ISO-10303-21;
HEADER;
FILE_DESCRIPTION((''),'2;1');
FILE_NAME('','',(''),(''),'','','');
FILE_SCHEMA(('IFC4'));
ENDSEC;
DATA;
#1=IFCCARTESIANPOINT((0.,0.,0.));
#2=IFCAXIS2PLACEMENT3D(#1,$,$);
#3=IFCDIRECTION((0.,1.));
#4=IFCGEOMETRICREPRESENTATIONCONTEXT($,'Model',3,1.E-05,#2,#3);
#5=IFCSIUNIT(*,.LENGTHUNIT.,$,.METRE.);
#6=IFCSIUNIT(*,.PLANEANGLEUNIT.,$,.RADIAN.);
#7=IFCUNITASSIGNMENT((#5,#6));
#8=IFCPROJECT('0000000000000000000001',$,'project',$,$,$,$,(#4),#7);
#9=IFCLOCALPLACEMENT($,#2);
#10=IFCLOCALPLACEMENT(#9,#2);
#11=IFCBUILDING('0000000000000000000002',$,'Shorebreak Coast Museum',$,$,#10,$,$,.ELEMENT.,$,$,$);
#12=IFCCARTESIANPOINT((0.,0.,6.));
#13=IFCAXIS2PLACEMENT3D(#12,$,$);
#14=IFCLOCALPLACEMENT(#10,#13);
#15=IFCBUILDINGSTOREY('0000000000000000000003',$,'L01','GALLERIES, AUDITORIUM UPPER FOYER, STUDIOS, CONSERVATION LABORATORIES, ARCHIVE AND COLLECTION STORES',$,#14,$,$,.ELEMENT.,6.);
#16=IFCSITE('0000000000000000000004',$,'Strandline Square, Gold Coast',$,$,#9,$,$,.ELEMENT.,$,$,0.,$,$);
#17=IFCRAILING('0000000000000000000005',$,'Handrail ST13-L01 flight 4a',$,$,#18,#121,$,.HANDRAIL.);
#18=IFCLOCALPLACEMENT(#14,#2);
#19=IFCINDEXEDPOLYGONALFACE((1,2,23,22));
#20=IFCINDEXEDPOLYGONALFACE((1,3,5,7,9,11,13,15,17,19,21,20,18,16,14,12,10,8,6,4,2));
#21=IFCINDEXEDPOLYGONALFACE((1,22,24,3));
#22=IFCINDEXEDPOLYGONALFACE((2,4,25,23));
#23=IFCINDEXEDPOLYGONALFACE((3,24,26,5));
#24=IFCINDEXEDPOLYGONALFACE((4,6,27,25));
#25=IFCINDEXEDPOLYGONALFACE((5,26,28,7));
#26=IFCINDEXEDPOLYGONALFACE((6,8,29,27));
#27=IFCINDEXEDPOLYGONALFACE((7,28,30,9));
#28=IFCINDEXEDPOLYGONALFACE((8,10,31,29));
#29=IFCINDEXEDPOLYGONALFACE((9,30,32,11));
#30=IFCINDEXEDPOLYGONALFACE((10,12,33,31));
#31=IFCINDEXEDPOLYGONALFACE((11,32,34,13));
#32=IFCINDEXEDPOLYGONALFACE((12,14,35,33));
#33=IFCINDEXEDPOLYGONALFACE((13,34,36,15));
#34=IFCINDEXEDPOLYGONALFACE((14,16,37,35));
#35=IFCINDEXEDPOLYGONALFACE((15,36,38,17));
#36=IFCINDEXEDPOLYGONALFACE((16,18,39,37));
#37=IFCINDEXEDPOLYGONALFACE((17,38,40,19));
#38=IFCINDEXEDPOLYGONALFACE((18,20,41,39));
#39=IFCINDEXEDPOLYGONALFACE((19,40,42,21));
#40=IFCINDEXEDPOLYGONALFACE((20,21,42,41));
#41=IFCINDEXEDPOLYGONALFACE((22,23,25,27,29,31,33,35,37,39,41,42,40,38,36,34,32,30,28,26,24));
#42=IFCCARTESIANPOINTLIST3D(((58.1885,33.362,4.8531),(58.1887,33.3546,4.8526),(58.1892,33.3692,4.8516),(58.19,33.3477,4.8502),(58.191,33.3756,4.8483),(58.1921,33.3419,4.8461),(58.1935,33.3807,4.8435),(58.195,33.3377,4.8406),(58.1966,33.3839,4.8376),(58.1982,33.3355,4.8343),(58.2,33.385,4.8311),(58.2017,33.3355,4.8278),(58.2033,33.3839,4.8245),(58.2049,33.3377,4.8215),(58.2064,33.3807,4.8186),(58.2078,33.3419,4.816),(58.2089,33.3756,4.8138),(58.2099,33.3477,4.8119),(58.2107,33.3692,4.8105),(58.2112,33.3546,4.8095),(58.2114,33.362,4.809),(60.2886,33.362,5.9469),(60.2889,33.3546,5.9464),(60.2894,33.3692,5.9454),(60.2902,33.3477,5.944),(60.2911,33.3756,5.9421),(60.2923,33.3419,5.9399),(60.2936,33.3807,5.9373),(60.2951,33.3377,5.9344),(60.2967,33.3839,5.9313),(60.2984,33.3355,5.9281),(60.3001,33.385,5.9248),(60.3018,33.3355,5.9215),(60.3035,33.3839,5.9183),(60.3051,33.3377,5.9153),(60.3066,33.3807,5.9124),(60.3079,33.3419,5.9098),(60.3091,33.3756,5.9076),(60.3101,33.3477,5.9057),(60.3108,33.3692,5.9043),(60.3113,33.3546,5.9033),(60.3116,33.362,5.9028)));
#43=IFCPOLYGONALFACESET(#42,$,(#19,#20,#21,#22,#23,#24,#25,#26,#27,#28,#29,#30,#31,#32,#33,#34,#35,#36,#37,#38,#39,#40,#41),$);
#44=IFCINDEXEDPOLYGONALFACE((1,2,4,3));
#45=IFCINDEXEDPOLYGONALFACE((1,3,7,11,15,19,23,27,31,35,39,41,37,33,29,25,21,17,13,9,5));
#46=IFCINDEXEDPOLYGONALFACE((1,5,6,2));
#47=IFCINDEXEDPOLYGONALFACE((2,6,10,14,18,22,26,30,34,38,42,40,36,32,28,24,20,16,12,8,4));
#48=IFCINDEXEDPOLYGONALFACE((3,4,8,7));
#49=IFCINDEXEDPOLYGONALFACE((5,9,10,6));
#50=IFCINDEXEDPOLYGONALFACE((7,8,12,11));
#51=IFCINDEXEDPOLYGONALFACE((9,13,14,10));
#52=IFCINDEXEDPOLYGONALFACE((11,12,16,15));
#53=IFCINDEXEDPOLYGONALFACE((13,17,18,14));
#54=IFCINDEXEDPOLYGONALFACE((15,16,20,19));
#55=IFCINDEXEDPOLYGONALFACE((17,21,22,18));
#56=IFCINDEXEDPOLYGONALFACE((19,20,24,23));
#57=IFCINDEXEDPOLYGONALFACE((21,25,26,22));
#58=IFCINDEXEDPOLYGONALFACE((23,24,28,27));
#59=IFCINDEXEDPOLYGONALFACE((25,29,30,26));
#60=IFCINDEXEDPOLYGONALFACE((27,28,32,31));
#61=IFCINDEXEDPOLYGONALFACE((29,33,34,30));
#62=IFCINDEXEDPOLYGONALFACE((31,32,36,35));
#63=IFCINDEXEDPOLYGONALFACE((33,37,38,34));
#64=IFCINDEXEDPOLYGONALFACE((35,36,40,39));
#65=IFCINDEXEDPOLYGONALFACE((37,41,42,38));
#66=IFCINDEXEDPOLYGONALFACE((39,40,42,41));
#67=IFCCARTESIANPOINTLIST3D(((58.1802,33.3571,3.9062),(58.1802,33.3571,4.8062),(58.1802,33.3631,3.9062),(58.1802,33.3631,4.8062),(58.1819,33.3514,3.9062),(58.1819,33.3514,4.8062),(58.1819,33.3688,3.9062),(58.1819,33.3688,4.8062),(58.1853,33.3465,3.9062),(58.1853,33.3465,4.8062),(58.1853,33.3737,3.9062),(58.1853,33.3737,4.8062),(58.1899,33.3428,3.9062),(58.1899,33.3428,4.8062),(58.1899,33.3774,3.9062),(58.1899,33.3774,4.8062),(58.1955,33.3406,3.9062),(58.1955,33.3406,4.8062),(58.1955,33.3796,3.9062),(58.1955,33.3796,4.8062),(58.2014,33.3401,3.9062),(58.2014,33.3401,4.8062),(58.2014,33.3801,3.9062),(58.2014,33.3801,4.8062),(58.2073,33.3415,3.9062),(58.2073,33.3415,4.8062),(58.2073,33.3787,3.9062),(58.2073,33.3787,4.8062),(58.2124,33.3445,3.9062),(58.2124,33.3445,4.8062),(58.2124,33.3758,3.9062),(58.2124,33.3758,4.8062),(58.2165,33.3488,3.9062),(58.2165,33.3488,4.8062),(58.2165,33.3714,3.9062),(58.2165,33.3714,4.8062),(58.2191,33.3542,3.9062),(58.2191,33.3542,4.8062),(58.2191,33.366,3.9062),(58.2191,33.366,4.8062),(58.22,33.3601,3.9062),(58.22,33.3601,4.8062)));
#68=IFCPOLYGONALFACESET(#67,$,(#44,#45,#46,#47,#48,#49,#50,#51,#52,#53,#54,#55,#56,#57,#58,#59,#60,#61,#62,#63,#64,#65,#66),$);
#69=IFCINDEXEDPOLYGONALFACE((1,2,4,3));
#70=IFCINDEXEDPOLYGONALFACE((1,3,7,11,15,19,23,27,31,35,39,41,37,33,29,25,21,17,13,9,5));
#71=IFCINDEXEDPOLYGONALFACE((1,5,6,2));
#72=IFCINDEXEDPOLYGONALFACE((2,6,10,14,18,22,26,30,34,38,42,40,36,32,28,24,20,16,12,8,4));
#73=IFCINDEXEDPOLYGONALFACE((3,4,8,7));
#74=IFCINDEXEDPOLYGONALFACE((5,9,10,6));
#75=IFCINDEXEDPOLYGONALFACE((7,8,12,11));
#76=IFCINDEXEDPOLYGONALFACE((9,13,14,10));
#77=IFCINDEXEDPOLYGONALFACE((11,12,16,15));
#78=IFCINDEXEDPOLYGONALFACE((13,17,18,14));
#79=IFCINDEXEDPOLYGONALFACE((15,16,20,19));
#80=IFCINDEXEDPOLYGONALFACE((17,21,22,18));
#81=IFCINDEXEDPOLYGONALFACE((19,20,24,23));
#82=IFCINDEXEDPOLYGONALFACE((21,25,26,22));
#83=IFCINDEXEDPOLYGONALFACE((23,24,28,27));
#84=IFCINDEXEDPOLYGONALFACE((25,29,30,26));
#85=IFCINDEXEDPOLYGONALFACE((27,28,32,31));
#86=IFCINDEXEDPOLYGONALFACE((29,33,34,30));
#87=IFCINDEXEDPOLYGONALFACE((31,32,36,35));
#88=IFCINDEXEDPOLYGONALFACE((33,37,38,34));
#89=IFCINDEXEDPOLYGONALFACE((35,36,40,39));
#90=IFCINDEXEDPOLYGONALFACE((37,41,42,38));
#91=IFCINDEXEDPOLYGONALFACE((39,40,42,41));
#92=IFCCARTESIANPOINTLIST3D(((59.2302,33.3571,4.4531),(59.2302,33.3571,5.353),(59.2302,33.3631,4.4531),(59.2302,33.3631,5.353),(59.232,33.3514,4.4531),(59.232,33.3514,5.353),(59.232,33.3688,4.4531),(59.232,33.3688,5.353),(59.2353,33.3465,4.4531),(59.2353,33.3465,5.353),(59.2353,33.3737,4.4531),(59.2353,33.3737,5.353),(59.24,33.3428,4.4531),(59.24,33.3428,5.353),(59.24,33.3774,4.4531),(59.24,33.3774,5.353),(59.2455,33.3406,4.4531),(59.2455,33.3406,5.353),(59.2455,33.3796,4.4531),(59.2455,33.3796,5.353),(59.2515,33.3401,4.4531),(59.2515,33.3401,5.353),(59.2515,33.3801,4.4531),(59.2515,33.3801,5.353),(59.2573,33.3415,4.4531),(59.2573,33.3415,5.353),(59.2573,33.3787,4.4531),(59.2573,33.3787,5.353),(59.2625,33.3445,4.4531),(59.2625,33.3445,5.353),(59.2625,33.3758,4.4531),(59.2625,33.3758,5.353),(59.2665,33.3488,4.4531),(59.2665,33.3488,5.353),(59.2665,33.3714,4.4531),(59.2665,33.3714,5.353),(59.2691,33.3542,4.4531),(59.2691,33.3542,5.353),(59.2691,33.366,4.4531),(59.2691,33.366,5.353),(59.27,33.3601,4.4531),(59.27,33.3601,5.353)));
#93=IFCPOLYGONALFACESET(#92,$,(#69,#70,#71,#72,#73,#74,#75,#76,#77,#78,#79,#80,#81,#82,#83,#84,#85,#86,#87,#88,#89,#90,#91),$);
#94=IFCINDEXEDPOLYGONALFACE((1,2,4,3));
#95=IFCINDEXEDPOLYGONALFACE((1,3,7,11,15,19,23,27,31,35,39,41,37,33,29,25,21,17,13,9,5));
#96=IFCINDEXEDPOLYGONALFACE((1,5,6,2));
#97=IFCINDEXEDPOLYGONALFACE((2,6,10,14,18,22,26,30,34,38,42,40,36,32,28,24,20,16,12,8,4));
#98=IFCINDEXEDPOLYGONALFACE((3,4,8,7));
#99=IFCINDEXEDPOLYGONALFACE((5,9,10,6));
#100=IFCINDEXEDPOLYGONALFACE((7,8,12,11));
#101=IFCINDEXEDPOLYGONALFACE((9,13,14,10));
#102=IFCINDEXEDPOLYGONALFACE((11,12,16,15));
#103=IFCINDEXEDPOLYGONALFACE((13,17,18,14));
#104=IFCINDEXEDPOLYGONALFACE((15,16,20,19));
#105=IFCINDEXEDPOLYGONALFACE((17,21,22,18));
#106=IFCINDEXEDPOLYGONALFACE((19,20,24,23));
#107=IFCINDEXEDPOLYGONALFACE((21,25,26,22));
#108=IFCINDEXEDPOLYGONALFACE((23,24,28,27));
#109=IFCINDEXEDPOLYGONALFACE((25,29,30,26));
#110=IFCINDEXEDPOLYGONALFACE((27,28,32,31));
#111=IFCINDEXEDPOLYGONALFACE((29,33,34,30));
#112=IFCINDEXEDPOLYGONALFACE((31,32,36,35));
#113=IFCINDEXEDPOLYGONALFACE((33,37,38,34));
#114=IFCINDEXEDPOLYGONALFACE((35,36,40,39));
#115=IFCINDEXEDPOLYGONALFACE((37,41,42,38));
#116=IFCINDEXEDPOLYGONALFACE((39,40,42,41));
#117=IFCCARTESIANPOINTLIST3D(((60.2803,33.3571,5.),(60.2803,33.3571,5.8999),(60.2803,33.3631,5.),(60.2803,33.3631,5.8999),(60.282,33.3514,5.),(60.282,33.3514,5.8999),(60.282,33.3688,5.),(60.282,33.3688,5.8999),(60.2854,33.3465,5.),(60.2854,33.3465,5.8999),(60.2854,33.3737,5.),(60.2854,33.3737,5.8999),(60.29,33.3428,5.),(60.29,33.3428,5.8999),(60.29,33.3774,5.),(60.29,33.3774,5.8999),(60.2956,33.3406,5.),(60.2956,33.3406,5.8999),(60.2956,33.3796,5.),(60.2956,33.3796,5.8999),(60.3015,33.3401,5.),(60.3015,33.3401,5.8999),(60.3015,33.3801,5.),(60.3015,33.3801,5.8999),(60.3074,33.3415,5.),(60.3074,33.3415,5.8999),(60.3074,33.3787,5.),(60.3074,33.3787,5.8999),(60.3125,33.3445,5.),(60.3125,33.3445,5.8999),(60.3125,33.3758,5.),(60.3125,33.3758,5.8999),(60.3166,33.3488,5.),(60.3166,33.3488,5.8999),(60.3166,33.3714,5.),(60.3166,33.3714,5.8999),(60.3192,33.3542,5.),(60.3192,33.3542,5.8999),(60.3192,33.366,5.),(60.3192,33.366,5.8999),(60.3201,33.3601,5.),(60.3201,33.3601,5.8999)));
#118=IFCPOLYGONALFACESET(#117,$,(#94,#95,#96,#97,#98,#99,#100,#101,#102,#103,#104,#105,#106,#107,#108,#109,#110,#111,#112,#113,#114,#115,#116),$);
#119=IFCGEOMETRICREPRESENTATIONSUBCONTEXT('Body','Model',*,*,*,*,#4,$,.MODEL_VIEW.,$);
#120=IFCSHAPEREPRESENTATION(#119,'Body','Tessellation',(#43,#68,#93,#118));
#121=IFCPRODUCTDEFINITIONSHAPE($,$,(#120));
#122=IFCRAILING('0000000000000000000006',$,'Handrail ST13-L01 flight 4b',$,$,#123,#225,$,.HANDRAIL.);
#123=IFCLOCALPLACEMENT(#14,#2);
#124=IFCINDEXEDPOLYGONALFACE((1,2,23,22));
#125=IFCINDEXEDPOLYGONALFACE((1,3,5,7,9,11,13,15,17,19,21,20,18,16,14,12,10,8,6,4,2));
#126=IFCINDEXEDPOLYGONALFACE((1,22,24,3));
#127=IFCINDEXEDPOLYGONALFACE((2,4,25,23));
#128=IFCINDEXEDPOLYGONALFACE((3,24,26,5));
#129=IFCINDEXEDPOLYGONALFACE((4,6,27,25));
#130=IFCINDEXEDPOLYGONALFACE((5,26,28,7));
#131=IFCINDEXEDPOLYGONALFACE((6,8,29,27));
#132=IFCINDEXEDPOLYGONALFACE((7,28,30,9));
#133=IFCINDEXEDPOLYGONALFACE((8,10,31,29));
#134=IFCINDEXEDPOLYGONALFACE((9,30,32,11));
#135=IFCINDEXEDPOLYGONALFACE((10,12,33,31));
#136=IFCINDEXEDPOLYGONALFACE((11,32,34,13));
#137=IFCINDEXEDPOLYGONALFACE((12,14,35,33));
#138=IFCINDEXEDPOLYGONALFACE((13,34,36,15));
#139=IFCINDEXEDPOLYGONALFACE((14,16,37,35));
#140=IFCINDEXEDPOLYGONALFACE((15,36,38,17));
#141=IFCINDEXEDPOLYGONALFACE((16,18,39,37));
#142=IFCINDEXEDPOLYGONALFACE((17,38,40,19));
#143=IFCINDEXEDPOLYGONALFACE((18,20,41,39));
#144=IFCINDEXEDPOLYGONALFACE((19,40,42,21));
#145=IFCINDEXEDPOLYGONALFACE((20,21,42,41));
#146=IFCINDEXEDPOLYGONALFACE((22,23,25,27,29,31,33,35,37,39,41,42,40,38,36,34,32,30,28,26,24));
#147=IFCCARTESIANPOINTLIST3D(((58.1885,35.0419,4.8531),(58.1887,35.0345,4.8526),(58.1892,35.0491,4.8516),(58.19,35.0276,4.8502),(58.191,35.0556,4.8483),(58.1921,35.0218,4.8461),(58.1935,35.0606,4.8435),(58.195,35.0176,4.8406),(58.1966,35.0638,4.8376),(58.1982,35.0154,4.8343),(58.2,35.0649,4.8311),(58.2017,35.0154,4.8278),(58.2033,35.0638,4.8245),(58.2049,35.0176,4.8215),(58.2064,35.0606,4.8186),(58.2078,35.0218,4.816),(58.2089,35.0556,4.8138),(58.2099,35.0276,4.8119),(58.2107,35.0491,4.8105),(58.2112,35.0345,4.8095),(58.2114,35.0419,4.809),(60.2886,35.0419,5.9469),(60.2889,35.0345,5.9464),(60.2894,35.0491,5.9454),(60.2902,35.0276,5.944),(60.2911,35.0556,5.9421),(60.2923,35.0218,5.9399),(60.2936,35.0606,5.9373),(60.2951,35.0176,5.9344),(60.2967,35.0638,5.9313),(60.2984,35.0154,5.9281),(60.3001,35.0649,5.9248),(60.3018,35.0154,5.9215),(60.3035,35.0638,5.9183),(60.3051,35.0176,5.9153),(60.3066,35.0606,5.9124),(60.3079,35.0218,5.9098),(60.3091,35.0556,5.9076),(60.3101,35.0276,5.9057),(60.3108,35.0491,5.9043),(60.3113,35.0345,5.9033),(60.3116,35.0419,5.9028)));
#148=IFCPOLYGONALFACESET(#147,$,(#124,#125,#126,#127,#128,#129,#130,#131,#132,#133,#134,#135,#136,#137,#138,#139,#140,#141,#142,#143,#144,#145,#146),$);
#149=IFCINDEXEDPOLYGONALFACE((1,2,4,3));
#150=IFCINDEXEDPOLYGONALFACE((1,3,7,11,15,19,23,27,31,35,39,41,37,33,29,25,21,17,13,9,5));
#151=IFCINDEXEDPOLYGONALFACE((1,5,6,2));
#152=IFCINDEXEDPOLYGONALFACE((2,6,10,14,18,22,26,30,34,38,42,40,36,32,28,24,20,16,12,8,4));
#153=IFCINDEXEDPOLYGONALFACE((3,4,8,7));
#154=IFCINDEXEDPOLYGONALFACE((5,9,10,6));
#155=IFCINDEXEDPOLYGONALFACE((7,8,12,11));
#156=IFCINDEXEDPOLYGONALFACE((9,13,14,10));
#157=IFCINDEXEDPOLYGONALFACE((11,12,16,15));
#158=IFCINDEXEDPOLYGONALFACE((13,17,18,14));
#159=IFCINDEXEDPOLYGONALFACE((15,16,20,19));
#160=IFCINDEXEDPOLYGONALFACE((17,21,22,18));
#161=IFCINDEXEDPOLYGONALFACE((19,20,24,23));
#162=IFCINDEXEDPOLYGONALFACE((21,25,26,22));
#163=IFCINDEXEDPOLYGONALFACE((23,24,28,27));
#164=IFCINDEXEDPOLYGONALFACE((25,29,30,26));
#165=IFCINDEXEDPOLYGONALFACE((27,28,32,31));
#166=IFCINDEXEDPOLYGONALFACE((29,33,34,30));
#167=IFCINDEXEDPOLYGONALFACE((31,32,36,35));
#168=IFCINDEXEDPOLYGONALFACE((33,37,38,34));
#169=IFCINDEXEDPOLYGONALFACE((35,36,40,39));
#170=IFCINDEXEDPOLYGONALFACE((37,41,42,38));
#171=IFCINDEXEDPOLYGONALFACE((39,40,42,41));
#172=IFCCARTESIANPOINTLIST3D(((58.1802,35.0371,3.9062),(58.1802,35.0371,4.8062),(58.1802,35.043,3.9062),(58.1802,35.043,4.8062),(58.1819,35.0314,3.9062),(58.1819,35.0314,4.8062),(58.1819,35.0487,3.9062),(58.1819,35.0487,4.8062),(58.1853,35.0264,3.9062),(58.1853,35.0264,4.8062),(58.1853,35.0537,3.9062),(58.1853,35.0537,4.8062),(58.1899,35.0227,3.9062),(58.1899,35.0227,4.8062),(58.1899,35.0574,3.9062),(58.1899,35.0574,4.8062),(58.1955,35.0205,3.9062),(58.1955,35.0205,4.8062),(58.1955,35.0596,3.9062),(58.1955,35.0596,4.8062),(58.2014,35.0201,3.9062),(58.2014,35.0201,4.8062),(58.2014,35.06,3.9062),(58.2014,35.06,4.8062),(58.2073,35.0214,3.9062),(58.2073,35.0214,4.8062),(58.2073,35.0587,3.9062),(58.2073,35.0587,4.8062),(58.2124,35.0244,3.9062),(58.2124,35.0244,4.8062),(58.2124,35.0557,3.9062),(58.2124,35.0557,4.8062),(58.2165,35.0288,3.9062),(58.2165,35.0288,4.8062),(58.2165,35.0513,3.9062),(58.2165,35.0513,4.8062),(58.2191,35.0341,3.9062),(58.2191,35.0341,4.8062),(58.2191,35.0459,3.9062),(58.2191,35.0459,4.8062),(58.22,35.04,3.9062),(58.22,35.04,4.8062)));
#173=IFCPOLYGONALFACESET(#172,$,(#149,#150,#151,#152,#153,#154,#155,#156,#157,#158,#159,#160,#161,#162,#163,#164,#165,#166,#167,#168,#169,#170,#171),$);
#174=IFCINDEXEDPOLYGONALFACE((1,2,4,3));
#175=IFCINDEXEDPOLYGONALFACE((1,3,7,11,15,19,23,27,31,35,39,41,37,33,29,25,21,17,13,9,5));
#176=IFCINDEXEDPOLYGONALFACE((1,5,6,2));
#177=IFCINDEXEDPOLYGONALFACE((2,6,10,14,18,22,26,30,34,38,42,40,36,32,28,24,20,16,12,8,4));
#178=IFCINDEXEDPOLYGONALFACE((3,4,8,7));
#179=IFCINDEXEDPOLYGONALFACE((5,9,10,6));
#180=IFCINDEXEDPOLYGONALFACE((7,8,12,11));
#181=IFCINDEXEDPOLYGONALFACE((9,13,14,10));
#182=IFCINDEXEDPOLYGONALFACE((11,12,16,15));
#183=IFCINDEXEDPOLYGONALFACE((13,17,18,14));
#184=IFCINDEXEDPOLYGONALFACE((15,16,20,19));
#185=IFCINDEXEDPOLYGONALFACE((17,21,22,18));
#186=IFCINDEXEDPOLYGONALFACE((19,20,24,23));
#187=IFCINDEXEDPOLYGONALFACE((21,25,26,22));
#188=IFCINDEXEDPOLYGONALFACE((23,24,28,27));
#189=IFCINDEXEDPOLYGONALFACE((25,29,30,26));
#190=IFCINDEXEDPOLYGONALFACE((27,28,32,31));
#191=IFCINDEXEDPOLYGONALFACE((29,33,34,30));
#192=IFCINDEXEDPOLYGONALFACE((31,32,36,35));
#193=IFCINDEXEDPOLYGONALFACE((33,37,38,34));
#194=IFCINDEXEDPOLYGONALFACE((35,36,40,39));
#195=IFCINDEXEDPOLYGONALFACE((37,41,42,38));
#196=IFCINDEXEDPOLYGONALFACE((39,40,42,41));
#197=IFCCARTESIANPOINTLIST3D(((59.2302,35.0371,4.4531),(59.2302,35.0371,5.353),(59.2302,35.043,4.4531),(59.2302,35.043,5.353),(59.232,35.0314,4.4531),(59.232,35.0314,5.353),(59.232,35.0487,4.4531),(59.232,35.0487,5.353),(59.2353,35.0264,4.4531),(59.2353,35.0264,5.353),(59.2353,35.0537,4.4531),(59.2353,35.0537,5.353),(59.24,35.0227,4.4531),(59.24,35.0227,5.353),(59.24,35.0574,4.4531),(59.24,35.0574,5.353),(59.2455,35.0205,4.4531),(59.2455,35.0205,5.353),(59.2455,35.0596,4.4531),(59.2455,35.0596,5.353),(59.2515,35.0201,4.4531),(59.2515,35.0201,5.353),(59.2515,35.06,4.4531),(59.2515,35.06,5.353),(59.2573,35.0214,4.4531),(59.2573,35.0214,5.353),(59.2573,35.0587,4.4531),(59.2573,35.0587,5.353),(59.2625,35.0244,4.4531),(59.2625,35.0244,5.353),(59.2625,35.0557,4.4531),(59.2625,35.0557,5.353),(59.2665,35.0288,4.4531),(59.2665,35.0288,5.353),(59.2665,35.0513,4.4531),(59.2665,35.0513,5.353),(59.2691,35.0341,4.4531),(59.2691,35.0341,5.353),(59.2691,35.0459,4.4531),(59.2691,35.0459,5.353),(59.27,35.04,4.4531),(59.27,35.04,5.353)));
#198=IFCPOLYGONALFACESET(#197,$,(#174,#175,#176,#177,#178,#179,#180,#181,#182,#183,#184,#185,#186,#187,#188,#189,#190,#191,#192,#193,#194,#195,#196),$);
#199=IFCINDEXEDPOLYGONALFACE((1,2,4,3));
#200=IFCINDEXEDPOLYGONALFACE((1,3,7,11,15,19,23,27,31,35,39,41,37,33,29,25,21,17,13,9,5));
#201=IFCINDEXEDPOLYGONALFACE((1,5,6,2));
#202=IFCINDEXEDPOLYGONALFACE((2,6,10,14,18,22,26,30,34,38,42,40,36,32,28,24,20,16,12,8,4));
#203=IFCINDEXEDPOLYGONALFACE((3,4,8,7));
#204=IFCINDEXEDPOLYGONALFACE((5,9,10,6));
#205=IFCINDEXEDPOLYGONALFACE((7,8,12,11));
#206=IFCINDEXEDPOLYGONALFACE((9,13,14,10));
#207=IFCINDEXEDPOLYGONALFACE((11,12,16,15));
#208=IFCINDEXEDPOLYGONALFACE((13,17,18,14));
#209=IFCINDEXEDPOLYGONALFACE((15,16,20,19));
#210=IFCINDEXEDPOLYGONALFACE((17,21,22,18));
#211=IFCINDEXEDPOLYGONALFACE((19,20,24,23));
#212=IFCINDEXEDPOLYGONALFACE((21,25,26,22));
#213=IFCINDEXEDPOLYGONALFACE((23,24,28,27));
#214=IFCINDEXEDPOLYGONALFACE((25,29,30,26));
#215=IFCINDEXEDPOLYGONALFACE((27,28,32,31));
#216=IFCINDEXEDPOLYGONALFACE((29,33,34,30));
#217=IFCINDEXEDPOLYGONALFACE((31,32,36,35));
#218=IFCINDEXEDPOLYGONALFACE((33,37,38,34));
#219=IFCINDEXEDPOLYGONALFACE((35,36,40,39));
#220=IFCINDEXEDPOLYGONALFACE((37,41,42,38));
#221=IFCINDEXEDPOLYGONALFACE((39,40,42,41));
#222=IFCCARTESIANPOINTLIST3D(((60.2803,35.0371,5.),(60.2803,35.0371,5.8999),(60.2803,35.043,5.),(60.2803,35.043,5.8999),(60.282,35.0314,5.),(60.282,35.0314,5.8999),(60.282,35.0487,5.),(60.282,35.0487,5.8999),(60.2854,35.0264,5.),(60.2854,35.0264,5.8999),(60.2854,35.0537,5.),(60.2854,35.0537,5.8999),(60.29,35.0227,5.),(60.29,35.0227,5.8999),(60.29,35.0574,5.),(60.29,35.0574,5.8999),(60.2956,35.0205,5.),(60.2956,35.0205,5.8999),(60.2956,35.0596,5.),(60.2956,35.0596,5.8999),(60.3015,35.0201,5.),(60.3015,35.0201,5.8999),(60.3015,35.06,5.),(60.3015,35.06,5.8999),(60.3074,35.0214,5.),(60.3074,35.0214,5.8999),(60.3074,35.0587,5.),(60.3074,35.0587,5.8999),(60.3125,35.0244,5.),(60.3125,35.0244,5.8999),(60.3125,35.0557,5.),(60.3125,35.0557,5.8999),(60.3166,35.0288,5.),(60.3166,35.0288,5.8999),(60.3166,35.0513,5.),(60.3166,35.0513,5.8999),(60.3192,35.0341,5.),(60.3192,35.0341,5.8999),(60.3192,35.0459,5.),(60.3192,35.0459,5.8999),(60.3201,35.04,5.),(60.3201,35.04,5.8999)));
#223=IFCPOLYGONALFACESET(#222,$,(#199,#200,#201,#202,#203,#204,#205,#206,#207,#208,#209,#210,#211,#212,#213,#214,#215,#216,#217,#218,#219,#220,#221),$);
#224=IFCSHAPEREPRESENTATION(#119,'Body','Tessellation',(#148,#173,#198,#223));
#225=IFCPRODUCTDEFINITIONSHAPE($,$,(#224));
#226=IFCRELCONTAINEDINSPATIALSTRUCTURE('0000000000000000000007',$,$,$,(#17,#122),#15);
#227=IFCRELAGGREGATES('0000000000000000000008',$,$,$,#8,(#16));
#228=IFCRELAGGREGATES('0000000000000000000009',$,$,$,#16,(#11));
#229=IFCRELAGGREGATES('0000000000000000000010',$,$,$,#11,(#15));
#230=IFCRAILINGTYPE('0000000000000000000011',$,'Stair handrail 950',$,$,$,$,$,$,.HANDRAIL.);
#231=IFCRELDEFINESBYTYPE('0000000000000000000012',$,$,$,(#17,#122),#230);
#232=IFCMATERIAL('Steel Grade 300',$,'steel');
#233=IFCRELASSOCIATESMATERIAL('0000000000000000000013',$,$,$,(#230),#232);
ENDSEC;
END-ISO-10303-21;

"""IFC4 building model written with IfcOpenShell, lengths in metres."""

from ifc_helpers import new_model, si_unit, direction, frame, origin, origin_2d, place, context, subcontext, project, spatial, circle, extrude, material, type_object, element, save


model = new_model("IFC4")

# Units and contexts
model_context = context("Model", 3, precision=1e-05, world=origin(), true_north=direction((0.0, 1.0)))
body_context = subcontext(model_context, "Body", "Model", "MODEL_VIEW")
ifc_project = project(units=[si_unit("LENGTHUNIT", "METRE"), si_unit("PLANEANGLEUNIT", "RADIAN")], contexts=[model_context])

# Site, building, storey
site_placement = place(None, origin())
site = spatial("IfcSite", under=ifc_project, at=site_placement, Name="Strandline Square, Gold Coast", CompositionType="ELEMENT", RefElevation=0.0)
building_placement = place(site_placement, origin())
building = spatial("IfcBuilding", under=site, at=building_placement, Name="Shorebreak Coast Museum", CompositionType="ELEMENT")
storey_placement = place(building_placement, frame((0.0, 0.0, 6.0)))
storey = spatial("IfcBuildingStorey", under=building, at=storey_placement, Name="L01", Description="GALLERIES, AUDITORIUM UPPER FOYER, STUDIOS, CONSERVATION LABORATORIES, ARCHIVE AND COLLECTION STORES", CompositionType="ELEMENT", Elevation=6.0)

# Railings
ifc_material_1 = material(Name="Steel Grade 300", Category="steel")
railing_type_1 = type_object("IfcRailingType", Name="Stair handrail 950", PredefinedType="HANDRAIL", material=ifc_material_1)
for number, where, name in (
    (1, (58.2, 33.3601, 3.9062), "Handrail ST13-L01 flight 4a"),
    (2, (58.2, 35.04, 3.9062), "Handrail ST13-L01 flight 4b"),
):
    element("IfcRailing", number, at=place(storey_placement, frame(where)), inside=storey, type_object=railing_type_1, Name=name, PredefinedType="HANDRAIL", context=body_context, shape_type="SweptSolid", body=[
        extrude(circle(Radius=0.0249, at=origin_2d()), frame((0.0, 0.0, 0.9248), z_axis=(0.886923, 0.0, 0.461918), x_axis=(0.0, 1.0, 0.0)), (0.0, 0.0, 1.0), 2.3679),
        extrude(circle(Radius=0.02, at=origin_2d()), origin(), (0.0, 0.0, 1.0), 0.8999),
        extrude(circle(Radius=0.02, at=origin_2d()), frame((1.05, 0.0, 0.5469)), (0.0, 0.0, 1.0), 0.8999),
        extrude(circle(Radius=0.02, at=origin_2d()), frame((2.1001, 0.0, 1.0938)), (0.0, 0.0, 1.0), 0.8999),
    ])

save(model, "model.ifc")
